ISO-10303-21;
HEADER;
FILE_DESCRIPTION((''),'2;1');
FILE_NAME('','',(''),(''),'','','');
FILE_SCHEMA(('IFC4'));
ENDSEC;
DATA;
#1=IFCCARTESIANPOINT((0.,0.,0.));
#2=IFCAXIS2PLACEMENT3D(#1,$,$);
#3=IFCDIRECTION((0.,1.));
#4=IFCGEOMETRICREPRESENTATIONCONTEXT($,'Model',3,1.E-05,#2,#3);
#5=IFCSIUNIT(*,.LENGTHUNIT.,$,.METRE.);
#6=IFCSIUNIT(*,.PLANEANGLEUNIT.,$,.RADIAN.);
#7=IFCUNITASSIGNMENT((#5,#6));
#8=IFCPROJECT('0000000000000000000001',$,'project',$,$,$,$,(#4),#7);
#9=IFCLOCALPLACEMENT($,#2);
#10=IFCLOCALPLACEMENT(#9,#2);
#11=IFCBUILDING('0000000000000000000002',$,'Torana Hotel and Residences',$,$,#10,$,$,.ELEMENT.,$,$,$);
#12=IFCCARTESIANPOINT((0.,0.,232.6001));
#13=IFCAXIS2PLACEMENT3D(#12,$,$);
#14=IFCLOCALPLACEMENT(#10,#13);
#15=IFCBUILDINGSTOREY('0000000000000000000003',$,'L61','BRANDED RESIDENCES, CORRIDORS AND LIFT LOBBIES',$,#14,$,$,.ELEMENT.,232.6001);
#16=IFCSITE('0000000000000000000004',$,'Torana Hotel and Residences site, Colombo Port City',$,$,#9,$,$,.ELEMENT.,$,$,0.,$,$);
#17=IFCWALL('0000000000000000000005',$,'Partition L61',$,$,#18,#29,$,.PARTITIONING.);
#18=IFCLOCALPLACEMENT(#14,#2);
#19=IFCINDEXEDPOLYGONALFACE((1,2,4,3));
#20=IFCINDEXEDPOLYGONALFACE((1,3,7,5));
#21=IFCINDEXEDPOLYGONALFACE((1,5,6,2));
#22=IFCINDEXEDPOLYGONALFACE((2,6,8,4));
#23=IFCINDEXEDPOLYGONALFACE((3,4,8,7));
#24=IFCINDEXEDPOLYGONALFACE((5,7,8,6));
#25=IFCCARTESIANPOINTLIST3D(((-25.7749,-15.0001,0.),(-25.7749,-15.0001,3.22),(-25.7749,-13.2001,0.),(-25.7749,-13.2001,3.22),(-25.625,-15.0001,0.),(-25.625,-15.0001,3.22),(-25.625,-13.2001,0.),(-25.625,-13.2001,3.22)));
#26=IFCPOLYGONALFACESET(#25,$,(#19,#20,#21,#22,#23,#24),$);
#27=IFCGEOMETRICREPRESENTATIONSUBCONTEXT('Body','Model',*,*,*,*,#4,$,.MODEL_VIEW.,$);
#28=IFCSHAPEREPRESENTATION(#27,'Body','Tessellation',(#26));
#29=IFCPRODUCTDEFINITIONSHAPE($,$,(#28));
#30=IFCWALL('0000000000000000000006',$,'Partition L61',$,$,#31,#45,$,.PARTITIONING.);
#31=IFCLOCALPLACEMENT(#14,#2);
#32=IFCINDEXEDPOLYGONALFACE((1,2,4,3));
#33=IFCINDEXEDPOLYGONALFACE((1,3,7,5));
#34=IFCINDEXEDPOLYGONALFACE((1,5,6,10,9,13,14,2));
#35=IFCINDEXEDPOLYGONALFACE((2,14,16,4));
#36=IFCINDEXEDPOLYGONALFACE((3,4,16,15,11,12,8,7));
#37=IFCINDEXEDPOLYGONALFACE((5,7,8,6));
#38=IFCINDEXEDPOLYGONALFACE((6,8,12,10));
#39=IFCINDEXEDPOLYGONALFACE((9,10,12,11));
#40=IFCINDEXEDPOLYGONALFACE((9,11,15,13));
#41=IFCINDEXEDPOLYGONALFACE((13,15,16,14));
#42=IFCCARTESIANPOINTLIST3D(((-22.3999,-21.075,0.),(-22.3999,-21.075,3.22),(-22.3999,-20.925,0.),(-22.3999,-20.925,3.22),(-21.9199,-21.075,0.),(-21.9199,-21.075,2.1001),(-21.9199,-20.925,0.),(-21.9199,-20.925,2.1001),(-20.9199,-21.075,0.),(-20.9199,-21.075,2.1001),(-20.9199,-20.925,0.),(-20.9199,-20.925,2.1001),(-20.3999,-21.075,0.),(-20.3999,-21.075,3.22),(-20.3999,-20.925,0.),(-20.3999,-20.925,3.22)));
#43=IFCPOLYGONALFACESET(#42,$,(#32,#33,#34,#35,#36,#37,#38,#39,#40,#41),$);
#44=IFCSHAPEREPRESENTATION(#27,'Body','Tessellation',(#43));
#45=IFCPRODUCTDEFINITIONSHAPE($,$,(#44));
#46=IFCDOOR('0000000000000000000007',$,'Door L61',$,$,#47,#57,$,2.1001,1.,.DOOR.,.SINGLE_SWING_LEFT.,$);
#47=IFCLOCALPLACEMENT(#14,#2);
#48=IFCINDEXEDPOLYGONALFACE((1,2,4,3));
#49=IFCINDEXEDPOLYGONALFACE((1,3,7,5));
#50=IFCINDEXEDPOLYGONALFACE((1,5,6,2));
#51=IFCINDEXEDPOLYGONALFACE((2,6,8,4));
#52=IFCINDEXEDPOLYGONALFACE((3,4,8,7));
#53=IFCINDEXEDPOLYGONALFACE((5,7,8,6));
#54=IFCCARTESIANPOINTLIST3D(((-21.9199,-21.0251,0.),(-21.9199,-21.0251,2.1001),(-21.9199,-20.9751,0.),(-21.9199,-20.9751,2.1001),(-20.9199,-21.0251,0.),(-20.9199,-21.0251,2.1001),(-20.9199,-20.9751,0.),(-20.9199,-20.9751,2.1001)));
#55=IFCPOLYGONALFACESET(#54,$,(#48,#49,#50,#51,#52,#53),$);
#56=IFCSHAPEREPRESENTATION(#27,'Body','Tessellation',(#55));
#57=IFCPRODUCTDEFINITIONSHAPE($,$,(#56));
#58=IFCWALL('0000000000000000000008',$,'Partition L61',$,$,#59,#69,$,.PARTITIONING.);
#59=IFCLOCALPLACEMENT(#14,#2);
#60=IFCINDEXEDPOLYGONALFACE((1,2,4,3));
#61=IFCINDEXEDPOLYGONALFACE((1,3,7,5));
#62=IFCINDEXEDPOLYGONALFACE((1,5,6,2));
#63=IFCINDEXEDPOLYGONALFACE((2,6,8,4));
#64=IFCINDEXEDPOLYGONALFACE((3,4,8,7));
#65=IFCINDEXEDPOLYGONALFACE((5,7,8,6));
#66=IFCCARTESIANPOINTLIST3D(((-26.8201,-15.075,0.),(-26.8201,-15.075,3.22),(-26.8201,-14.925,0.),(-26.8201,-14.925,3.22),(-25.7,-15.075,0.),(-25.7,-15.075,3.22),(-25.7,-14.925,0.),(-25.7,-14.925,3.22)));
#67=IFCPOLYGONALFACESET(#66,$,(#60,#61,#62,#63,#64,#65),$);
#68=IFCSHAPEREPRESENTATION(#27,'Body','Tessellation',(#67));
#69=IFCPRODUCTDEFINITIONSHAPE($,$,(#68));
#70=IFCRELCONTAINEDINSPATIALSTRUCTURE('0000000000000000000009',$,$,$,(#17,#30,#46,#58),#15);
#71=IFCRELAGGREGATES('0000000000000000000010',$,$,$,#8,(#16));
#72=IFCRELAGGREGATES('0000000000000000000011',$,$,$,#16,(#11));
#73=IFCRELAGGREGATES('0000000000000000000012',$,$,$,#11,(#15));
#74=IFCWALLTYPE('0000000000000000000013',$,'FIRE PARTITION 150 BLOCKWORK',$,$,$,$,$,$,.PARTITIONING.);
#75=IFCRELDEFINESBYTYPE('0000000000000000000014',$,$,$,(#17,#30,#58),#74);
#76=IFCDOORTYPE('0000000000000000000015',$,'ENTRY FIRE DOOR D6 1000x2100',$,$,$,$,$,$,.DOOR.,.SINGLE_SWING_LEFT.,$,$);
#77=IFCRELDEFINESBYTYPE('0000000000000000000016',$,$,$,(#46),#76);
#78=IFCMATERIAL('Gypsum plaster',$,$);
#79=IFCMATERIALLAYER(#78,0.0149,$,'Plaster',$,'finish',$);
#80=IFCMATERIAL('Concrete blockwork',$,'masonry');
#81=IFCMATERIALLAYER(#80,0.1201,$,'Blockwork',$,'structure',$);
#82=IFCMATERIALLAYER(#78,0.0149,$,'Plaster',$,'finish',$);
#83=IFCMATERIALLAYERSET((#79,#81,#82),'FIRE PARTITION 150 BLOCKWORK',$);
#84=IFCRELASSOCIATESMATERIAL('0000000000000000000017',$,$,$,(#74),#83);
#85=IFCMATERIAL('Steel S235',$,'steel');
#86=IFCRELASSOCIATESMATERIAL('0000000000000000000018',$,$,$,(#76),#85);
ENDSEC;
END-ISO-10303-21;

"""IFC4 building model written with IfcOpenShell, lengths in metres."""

from ifc_helpers import new_model, si_unit, direction, frame, frame_2d, origin, place, context, subcontext, project, spatial, rectangle, extrude, material, layer, layer_set, type_object, element, fill, save


model = new_model("IFC4")

# Units and contexts
model_context = context("Model", 3, precision=1e-05, world=origin(), true_north=direction((0.0, 1.0)))
body_context = subcontext(model_context, "Body", "Model", "MODEL_VIEW")
ifc_project = project(units=[si_unit("LENGTHUNIT", "METRE"), si_unit("PLANEANGLEUNIT", "RADIAN")], contexts=[model_context])

# Site, building, storey
site_placement = place(None, origin())
site = spatial("IfcSite", under=ifc_project, at=site_placement, Name="Torana Hotel and Residences site, Colombo Port City", CompositionType="ELEMENT", RefElevation=0.0)
building_placement = place(site_placement, origin())
building = spatial("IfcBuilding", under=site, at=building_placement, Name="Torana Hotel and Residences", CompositionType="ELEMENT")
storey_placement = place(building_placement, frame((0.0, 0.0, 232.6001)))
storey = spatial("IfcBuildingStorey", under=building, at=storey_placement, Name="L61", Description="BRANDED RESIDENCES, CORRIDORS AND LIFT LOBBIES", CompositionType="ELEMENT", Elevation=232.6001)

# Shared definitions
ifc_material_1 = material(Name="Gypsum plaster")
ifc_layer_1 = layer(ifc_material_1, 0.0149, Name="Plaster", Category="finish")
ifc_material_2 = material(Name="Concrete blockwork", Category="masonry")
ifc_layer_2 = layer(ifc_material_2, 0.1201, Name="Blockwork", Category="structure")
ifc_layer_3 = layer(ifc_material_1, 0.0149, Name="Plaster", Category="finish")
ifc_layer_set_1 = layer_set([ifc_layer_1, ifc_layer_2, ifc_layer_3], Name="FIRE PARTITION 150 BLOCKWORK")
wall_type_1 = type_object("IfcWallType", Name="FIRE PARTITION 150 BLOCKWORK", PredefinedType="PARTITIONING", material=ifc_layer_set_1)
ifc_material_3 = material(Name="Steel S235", Category="steel")
door_type_1 = type_object("IfcDoorType", Name="ENTRY FIRE DOOR D6 1000x2100", OperationType="SINGLE_SWING_LEFT", PredefinedType="DOOR", material=ifc_material_3)

# Wall
wall_1_placement = place(storey_placement, frame((-25.7, -15.0, 0.0), z_axis=(0.0, 0.0, 1.0), x_axis=(0.0, 1.0, 0.0)))
element("IfcWall", 1, at=wall_1_placement, inside=storey, type_object=wall_type_1, Name="Partition L61", PredefinedType="PARTITIONING", context=body_context, shape_type="SweptSolid", body=[
    extrude(rectangle(XDim=1.8, YDim=0.1499, at=frame_2d((0.8999, 0.0))), origin(), (0.0, 0.0, 1.0), 3.22),
])

# Wall, opening, door
wall_2_placement = place(storey_placement, frame((-22.3999, -21.0, 0.0), z_axis=(0.0, 0.0, 1.0), x_axis=(1.0, 0.0, 0.0)))
wall_2 = element("IfcWall", 2, at=wall_2_placement, inside=storey, type_object=wall_type_1, Name="Partition L61", PredefinedType="PARTITIONING", context=body_context, shape_type="SweptSolid", body=[
    extrude(rectangle(XDim=2.0, YDim=0.1499, at=frame_2d((1.0, 0.0))), origin(), (0.0, 0.0, 1.0), 3.22),
])
opening_1_placement = place(wall_2_placement, frame((0.48, 0.0, 0.0)))
opening_1 = element("IfcOpeningElement", 3, at=opening_1_placement, cuts=wall_2, PredefinedType="OPENING", context=body_context, shape_type="SweptSolid", body=[
    extrude(rectangle(XDim=1.0, YDim=2.1001, at=frame_2d((0.5, 1.05))), frame((0.0, 0.085, 0.0), z_axis=(0.0, -1.0, 0.0), x_axis=(1.0, 0.0, 0.0)), (0.0, 0.0, 1.0), 0.1699),
])
door_1_placement = place(opening_1_placement, frame((0.5, 0.0, 0.0), z_axis=(0.0, 0.0, 1.0), x_axis=(-1.0, 0.0, 0.0)))
door_1 = element("IfcDoor", 4, at=door_1_placement, inside=storey, type_object=door_type_1, Name="Door L61", OperationType="SINGLE_SWING_LEFT", OverallHeight=2.1001, OverallWidth=1.0, PredefinedType="DOOR", context=body_context, shape_type="SweptSolid", body=[
    extrude(rectangle(XDim=1.0, YDim=2.1001, at=frame_2d((0.0, 1.05))), frame((0.0, -0.0249, 0.0), z_axis=(0.0, 1.0, 0.0), x_axis=(-1.0, 0.0, 0.0)), (0.0, 0.0, 1.0), 0.05),
])
fill(opening_1, door_1)

# Wall
wall_3_placement = place(storey_placement, frame((-26.8201, -15.0, 0.0), z_axis=(0.0, 0.0, 1.0), x_axis=(1.0, 0.0, 0.0)))
element("IfcWall", 5, at=wall_3_placement, inside=storey, type_object=wall_type_1, Name="Partition L61", PredefinedType="PARTITIONING", context=body_context, shape_type="SweptSolid", body=[
    extrude(rectangle(XDim=1.1201, YDim=0.1499, at=frame_2d((0.5601, 0.0))), origin(), (0.0, 0.0, 1.0), 3.22),
])

save(model, "model.ifc")
